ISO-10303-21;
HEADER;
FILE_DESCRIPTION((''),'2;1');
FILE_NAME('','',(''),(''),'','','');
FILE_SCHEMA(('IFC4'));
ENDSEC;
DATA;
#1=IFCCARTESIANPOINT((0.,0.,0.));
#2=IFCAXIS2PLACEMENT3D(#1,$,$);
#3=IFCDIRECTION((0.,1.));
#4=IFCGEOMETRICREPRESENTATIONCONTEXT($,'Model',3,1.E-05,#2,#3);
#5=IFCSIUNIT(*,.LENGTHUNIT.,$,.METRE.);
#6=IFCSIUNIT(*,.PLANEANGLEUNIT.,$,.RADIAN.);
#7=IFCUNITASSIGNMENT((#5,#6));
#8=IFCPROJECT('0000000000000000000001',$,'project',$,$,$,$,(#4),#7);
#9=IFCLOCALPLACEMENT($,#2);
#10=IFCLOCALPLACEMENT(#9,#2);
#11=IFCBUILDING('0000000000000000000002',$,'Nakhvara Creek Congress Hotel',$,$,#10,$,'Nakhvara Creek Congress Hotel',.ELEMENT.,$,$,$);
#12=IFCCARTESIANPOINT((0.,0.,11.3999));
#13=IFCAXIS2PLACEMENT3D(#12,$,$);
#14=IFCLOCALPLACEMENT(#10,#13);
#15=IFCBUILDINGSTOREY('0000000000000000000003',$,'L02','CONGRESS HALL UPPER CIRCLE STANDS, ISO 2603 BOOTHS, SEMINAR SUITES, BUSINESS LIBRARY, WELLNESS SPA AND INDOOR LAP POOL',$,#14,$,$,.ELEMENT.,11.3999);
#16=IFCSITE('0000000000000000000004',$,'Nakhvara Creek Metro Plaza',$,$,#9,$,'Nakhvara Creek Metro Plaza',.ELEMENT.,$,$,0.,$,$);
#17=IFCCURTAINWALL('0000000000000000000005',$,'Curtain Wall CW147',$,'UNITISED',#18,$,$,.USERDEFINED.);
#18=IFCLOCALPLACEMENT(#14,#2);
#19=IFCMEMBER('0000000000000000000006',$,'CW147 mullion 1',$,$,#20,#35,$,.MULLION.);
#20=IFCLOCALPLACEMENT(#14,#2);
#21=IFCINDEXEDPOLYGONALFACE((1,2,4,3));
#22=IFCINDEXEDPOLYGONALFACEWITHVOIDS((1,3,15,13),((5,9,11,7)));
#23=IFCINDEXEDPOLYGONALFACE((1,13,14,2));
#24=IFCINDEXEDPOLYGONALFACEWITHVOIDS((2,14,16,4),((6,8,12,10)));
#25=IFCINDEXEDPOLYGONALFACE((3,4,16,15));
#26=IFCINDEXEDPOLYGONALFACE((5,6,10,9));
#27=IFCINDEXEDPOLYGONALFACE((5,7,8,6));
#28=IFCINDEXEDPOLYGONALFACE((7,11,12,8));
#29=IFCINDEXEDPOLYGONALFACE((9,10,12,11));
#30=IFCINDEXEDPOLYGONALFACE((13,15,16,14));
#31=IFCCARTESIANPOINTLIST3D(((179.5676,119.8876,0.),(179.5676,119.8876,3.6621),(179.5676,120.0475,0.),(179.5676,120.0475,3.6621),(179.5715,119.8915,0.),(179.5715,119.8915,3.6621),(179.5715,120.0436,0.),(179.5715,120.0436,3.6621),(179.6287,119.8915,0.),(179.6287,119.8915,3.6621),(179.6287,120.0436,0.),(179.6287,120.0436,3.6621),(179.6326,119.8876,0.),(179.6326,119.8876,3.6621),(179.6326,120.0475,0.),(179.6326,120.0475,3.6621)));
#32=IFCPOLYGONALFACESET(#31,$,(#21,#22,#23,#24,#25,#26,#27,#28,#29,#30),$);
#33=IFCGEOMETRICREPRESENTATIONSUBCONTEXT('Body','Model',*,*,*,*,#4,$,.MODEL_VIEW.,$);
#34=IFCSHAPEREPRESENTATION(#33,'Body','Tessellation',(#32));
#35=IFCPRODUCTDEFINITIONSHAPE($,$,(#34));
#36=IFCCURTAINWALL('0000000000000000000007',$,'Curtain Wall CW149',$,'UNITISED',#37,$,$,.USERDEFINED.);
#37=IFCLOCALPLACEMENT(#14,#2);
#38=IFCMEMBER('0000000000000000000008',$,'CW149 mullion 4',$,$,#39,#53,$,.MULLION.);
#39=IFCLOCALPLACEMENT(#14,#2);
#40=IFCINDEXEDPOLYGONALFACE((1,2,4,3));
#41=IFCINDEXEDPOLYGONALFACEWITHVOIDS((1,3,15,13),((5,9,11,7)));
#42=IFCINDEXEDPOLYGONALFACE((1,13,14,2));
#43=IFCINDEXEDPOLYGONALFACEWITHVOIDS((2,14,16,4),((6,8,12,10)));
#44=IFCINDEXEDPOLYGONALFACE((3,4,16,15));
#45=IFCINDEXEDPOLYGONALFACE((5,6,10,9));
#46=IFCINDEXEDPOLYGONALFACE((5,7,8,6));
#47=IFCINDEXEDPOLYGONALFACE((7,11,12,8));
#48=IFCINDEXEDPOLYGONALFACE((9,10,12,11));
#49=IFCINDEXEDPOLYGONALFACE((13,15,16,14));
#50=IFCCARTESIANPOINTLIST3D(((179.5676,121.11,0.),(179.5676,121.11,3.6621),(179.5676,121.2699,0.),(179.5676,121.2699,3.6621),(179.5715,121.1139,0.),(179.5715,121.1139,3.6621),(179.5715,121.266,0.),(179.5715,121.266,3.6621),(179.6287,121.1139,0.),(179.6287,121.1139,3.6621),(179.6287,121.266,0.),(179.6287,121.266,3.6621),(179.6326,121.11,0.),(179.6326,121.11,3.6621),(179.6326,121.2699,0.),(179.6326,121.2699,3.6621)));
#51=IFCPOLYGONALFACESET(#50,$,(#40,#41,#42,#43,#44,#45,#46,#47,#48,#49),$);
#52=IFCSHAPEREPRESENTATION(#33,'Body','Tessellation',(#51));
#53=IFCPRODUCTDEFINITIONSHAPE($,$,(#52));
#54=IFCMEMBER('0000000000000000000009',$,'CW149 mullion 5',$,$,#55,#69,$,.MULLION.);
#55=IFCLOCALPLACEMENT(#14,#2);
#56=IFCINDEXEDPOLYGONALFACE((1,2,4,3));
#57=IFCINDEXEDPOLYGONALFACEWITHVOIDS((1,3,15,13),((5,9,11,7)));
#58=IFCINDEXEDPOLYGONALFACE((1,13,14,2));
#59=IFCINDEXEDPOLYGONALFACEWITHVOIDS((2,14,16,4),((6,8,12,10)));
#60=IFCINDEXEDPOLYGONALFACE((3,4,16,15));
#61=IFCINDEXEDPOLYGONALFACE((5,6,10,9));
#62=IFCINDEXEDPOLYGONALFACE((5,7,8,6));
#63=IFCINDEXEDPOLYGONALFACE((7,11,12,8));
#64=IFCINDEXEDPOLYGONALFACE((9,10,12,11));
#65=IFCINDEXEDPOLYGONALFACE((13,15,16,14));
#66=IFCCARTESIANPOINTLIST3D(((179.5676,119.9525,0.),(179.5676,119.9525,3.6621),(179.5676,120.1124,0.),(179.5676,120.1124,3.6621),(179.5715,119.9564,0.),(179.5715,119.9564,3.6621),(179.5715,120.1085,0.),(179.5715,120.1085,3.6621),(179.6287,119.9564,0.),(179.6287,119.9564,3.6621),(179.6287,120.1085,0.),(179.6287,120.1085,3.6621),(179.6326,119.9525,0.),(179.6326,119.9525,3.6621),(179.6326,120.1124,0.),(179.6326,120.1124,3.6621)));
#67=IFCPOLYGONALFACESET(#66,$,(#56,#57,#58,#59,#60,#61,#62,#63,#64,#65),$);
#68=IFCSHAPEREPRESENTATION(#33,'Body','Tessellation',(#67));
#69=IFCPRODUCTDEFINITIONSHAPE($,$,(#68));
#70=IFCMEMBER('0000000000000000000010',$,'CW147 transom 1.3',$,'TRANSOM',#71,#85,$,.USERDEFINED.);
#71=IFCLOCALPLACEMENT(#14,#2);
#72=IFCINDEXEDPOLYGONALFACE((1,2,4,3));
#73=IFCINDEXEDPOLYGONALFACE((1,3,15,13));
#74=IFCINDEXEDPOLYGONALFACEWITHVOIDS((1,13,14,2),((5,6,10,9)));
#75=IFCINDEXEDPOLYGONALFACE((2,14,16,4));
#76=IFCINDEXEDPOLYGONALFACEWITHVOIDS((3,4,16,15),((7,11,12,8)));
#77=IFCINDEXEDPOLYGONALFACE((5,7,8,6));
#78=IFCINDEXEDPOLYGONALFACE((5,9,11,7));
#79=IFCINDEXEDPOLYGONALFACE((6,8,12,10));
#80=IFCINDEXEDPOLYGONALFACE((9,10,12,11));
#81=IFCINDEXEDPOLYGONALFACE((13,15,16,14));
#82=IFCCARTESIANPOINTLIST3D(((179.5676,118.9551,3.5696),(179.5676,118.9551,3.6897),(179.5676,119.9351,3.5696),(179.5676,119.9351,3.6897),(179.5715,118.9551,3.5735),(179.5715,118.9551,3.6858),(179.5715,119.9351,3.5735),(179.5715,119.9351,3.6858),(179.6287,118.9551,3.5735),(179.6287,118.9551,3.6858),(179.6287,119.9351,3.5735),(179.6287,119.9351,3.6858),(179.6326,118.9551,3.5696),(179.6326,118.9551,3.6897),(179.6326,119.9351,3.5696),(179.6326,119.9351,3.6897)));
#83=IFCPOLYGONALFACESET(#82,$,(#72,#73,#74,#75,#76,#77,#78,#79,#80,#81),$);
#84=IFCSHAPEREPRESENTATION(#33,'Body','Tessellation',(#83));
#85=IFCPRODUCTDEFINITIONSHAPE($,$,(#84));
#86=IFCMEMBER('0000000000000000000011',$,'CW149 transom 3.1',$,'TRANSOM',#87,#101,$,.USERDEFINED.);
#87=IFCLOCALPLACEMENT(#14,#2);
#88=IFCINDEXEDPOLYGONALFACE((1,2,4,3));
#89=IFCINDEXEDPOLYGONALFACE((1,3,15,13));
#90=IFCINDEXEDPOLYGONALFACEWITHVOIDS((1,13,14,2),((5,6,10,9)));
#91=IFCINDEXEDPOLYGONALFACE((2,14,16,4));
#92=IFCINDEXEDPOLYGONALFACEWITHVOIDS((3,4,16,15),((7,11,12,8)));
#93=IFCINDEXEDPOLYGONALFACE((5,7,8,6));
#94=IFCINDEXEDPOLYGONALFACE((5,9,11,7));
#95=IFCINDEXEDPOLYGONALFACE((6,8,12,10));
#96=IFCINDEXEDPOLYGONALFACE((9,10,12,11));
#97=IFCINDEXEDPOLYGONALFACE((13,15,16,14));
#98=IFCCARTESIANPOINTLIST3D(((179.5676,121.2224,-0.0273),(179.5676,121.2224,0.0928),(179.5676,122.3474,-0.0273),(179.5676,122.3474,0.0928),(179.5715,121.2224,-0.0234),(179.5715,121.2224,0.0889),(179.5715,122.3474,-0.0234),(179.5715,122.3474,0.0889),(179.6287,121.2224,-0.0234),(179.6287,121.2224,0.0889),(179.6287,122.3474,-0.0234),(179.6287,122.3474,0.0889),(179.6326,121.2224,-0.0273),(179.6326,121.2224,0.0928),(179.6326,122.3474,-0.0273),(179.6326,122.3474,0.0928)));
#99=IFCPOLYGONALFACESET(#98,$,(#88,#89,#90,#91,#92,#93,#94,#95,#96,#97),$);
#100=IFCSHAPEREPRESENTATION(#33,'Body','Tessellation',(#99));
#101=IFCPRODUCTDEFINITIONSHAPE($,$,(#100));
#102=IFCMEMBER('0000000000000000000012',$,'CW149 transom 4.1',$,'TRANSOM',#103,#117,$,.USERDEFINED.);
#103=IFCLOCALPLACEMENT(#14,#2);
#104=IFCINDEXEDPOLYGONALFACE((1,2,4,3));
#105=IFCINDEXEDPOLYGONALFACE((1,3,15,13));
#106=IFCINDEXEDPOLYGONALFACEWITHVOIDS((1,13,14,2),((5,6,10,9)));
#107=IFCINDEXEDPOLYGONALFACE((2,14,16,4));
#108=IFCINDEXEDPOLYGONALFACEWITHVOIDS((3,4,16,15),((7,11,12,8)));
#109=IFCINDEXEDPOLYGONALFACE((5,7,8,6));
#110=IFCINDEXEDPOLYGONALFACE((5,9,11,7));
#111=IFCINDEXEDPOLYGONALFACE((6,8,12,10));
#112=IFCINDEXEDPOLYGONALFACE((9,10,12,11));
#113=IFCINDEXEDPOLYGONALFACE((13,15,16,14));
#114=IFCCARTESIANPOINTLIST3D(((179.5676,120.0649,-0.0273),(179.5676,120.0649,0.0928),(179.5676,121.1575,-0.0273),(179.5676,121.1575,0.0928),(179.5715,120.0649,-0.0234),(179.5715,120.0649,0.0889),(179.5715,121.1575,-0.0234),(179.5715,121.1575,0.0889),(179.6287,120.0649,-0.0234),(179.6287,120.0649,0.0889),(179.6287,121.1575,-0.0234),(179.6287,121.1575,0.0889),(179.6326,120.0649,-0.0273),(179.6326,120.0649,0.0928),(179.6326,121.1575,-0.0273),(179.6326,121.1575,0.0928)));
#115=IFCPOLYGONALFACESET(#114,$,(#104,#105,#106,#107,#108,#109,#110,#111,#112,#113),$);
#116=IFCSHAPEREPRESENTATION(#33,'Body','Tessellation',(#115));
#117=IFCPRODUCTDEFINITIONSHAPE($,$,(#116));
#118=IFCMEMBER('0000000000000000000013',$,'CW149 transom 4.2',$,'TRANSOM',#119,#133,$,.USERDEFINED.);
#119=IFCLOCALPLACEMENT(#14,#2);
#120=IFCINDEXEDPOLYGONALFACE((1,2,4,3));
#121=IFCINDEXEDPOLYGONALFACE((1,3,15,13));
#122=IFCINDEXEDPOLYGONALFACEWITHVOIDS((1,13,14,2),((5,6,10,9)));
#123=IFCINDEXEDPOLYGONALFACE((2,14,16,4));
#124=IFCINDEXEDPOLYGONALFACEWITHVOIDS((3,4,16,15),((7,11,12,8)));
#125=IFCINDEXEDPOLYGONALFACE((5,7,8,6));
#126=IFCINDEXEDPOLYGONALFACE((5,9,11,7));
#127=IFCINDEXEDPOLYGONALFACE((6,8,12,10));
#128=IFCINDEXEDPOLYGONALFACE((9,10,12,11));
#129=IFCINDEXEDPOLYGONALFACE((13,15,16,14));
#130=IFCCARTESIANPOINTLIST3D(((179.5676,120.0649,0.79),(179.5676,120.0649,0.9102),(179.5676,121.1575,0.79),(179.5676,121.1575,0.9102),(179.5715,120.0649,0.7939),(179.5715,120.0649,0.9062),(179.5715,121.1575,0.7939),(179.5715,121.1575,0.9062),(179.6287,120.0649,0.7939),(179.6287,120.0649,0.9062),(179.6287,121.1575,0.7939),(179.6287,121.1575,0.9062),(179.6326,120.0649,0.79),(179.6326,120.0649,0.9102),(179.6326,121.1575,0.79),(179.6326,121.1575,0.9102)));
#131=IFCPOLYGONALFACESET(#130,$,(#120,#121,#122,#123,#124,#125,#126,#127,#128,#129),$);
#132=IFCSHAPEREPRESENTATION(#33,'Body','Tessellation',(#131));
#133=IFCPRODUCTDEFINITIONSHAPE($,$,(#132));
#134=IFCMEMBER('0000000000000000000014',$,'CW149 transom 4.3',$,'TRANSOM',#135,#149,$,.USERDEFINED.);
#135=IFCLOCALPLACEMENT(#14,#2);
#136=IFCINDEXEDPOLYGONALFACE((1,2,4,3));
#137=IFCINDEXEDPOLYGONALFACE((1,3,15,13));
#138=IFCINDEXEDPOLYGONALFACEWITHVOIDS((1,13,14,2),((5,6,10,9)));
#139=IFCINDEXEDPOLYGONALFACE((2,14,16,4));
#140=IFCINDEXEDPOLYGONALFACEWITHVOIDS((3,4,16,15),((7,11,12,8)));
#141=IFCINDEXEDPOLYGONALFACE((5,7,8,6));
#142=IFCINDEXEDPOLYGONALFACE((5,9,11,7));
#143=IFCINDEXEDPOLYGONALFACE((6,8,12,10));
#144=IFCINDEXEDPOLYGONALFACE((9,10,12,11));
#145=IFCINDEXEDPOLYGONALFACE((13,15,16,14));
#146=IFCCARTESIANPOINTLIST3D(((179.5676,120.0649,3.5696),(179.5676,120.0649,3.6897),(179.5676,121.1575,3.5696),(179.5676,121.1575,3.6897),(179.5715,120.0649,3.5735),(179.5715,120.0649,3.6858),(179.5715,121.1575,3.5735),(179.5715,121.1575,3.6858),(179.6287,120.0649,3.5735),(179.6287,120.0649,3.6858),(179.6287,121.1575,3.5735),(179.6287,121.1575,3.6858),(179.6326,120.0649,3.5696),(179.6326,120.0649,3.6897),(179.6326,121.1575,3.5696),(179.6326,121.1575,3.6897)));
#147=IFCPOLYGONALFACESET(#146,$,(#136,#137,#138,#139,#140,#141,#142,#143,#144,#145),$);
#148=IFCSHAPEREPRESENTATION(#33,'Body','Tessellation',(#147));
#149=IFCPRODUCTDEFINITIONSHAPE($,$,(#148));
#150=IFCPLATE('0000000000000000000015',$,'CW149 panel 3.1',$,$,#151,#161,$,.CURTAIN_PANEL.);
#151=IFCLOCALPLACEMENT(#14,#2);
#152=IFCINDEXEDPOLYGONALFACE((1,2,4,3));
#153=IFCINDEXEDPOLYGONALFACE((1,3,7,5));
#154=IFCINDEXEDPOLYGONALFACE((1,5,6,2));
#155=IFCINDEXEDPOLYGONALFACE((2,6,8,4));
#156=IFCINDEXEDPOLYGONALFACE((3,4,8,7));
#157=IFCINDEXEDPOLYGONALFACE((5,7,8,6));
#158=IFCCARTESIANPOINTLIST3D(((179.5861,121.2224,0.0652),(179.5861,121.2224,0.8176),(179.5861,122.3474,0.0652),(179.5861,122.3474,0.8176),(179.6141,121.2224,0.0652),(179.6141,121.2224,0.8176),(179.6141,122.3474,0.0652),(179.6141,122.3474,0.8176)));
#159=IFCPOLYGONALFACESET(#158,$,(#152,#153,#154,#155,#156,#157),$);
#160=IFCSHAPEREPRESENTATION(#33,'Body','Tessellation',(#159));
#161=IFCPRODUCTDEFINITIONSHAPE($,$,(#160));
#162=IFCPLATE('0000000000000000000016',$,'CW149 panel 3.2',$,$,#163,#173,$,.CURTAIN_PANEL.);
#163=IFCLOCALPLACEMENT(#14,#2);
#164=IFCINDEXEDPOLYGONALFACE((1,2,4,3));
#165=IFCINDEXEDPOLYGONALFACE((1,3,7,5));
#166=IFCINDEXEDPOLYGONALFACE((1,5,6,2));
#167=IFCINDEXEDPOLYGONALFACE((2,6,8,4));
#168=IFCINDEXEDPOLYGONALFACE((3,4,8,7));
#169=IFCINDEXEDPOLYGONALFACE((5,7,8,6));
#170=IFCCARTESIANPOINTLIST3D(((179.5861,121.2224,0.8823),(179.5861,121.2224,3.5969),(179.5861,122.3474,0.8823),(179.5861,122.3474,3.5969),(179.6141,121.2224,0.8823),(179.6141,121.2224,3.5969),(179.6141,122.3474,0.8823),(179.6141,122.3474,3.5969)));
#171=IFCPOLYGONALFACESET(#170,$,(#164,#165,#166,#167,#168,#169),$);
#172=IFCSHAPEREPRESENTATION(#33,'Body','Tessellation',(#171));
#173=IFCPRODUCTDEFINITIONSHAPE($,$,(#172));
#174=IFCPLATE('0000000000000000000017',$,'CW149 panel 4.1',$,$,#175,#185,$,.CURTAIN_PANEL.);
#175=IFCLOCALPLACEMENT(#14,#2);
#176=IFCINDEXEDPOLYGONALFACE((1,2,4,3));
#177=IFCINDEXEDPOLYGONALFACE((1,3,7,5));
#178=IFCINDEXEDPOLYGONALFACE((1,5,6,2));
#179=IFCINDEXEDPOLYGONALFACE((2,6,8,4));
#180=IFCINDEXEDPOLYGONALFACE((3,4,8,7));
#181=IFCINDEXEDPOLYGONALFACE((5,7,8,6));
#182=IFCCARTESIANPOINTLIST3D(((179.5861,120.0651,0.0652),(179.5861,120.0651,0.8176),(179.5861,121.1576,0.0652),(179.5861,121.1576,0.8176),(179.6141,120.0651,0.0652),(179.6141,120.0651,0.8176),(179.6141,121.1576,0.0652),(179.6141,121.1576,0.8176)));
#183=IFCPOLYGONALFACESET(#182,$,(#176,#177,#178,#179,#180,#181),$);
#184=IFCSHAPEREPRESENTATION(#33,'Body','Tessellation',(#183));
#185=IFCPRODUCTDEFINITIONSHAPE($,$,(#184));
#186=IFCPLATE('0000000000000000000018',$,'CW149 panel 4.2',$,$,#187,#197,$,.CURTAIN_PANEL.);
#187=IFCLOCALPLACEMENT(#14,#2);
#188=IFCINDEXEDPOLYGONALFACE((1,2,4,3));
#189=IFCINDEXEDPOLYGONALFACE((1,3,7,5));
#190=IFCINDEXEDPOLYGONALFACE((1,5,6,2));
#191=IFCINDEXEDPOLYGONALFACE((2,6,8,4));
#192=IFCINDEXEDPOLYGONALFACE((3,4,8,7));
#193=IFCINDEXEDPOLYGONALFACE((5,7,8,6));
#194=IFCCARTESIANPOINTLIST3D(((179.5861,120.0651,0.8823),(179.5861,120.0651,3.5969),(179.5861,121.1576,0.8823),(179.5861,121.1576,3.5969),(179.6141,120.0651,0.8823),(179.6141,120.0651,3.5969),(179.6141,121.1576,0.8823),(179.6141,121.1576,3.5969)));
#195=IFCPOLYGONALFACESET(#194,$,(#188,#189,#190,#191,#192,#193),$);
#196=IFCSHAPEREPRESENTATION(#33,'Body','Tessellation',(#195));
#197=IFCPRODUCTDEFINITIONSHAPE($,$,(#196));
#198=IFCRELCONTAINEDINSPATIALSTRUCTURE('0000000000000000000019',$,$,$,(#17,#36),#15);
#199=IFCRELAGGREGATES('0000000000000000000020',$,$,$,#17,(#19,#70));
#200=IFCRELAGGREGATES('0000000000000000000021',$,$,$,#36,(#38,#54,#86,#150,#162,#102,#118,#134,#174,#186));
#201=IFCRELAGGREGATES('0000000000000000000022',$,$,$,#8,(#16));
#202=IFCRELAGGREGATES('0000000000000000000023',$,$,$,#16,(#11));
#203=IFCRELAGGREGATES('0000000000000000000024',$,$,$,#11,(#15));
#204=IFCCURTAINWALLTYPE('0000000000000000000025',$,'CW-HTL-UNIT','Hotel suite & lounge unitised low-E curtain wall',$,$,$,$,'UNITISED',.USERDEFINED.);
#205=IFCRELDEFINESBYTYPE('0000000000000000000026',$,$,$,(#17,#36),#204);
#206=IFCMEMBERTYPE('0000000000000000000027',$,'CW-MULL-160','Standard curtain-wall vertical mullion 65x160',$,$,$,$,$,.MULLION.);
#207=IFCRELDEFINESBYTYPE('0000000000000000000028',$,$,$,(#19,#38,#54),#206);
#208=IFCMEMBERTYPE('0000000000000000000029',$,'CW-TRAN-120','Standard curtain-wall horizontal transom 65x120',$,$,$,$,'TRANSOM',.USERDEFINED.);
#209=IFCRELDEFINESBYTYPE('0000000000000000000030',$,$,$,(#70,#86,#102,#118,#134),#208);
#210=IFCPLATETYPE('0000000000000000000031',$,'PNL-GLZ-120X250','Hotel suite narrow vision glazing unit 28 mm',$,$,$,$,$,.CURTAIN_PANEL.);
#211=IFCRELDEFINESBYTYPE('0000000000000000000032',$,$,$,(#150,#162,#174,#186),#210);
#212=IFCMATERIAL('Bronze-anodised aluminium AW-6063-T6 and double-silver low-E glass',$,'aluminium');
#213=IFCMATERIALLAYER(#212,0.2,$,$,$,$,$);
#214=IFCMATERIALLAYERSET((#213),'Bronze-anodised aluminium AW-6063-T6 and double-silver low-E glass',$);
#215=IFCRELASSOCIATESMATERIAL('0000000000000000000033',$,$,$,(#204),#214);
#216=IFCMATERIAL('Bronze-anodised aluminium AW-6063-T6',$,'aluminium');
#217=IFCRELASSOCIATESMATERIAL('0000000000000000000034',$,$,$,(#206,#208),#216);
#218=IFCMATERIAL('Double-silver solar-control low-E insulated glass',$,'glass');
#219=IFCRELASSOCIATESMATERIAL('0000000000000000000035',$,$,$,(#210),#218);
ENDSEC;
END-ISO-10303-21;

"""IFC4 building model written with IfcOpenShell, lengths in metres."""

from ifc_helpers import new_model, si_unit, direction, frame, origin, origin_2d, place, context, subcontext, project, spatial, rectangle, hollow_rectangle, extrude, material, layer, layer_set, material_profile, profile_set, type_object, element, aggregate, save


model = new_model("IFC4")

# Units and contexts
model_context = context("Model", 3, precision=1e-05, world=origin(), true_north=direction((0.0, 1.0)))
body_context = subcontext(model_context, "Body", "Model", "MODEL_VIEW")
ifc_project = project(units=[si_unit("LENGTHUNIT", "METRE"), si_unit("PLANEANGLEUNIT", "RADIAN")], contexts=[model_context])

# Site, building, storey
site_placement = place(None, origin())
site = spatial("IfcSite", under=ifc_project, at=site_placement, Name="Nakhvara Creek Metro Plaza", LongName="Nakhvara Creek Metro Plaza", CompositionType="ELEMENT", RefElevation=0.0)
building_placement = place(site_placement, origin())
building = spatial("IfcBuilding", under=site, at=building_placement, Name="Nakhvara Creek Congress Hotel", LongName="Nakhvara Creek Congress Hotel", CompositionType="ELEMENT")
storey_placement = place(building_placement, frame((0.0, 0.0, 11.3999)))
storey = spatial("IfcBuildingStorey", under=building, at=storey_placement, Name="L02", Description="CONGRESS HALL UPPER CIRCLE STANDS, ISO 2603 BOOTHS, SEMINAR SUITES, BUSINESS LIBRARY, WELLNESS SPA AND INDOOR LAP POOL", CompositionType="ELEMENT", Elevation=11.3999)

# Curtain wall, member
ifc_material_1 = material(Name="Bronze-anodised aluminium AW-6063-T6 and double-silver low-E glass", Category="aluminium")
ifc_layer_1 = layer(ifc_material_1, 0.2)
ifc_layer_set_1 = layer_set([ifc_layer_1], Name="Bronze-anodised aluminium AW-6063-T6 and double-silver low-E glass")
curtain_wall_type = type_object("IfcCurtainWallType", Name="CW-HTL-UNIT", Description="Hotel suite & lounge unitised low-E curtain wall", ElementType="UNITISED", PredefinedType="USERDEFINED", material=ifc_layer_set_1)
curtain_wall_1_placement = place(storey_placement, origin())
curtain_wall_1 = element("IfcCurtainWall", 1, at=curtain_wall_1_placement, inside=storey, type_object=curtain_wall_type, Name="Curtain Wall CW147", ObjectType="UNITISED", PredefinedType="USERDEFINED")
ifc_material_2 = material(Name="Bronze-anodised aluminium AW-6063-T6", Category="aluminium")
ifc_material_profile_1 = material_profile(ifc_material_2, hollow_rectangle(XDim=0.0649, YDim=0.1599, WallThickness=0.0039, at=origin_2d()), Name="ALU-MULL 65x160x4", Category="LoadBearing")
ifc_profile_set_1 = profile_set([ifc_material_profile_1], Name="Bronze-anodised aluminium AW-6063-T6")
member_type_1 = type_object("IfcMemberType", Name="CW-MULL-160", Description="Standard curtain-wall vertical mullion 65x160", PredefinedType="MULLION", material=ifc_profile_set_1)
member_1_placement = place(storey_placement, frame((179.6001, 119.9675, 0.0), z_axis=(0.0, 0.0, 1.0), x_axis=(1.0, 0.0, 0.0)))
member_1 = element("IfcMember", 2, at=member_1_placement, type_object=member_type_1, Name="CW147 mullion 1", PredefinedType="MULLION", context=body_context, shape_type="SweptSolid", body=[
    extrude(hollow_rectangle(XDim=0.0649, YDim=0.1599, WallThickness=0.0039, at=origin_2d()), origin(), (0.0, 0.0, 1.0), 3.6621),
])

# Curtain wall, members
curtain_wall_2_placement = place(storey_placement, origin())
curtain_wall_2 = element("IfcCurtainWall", 3, at=curtain_wall_2_placement, inside=storey, type_object=curtain_wall_type, Name="Curtain Wall CW149", ObjectType="UNITISED", PredefinedType="USERDEFINED")
member_2_placement = place(storey_placement, frame((179.6001, 121.1899, 0.0), z_axis=(0.0, 0.0, 1.0), x_axis=(1.0, 0.0, 0.0)))
member_2 = element("IfcMember", 4, at=member_2_placement, type_object=member_type_1, Name="CW149 mullion 4", PredefinedType="MULLION", context=body_context, shape_type="SweptSolid", body=[
    extrude(hollow_rectangle(XDim=0.0649, YDim=0.1599, WallThickness=0.0039, at=origin_2d()), origin(), (0.0, 0.0, 1.0), 3.6621),
])
member_3_placement = place(storey_placement, frame((179.6001, 120.0325, 0.0), z_axis=(0.0, 0.0, 1.0), x_axis=(1.0, 0.0, 0.0)))
member_3 = element("IfcMember", 5, at=member_3_placement, type_object=member_type_1, Name="CW149 mullion 5", PredefinedType="MULLION", context=body_context, shape_type="SweptSolid", body=[
    extrude(hollow_rectangle(XDim=0.0649, YDim=0.1599, WallThickness=0.0039, at=origin_2d()), origin(), (0.0, 0.0, 1.0), 3.6621),
])

# Members
ifc_material_profile_2 = material_profile(ifc_material_2, hollow_rectangle(XDim=0.0649, YDim=0.1201, WallThickness=0.0039, at=origin_2d()), Name="ALU-TRAN 65x120x4", Category="LoadBearing")
ifc_profile_set_2 = profile_set([ifc_material_profile_2], Name="Bronze-anodised aluminium AW-6063-T6")
member_type_2 = type_object("IfcMemberType", Name="CW-TRAN-120", Description="Standard curtain-wall horizontal transom 65x120", ElementType="TRANSOM", PredefinedType="USERDEFINED", material=ifc_profile_set_2)
member_4_placement = place(storey_placement, frame((179.6001, 119.9351, 3.6296), z_axis=(0.0, -1.0, 0.0), x_axis=(1.0, 0.0, 0.0)))
member_4 = element("IfcMember", 6, at=member_4_placement, type_object=member_type_2, Name="CW147 transom 1.3", ObjectType="TRANSOM", PredefinedType="USERDEFINED", context=body_context, shape_type="SweptSolid", body=[
    extrude(hollow_rectangle(XDim=0.0649, YDim=0.1201, WallThickness=0.0039, at=origin_2d()), origin(), (0.0, 0.0, 1.0), 0.98),
])
aggregate(curtain_wall_1, [member_1, member_4])
member_5_placement = place(storey_placement, frame((179.6001, 122.3474, 0.0327), z_axis=(0.0, -1.0, 0.0), x_axis=(1.0, 0.0, 0.0)))
member_5 = element("IfcMember", 7, at=member_5_placement, type_object=member_type_2, Name="CW149 transom 3.1", ObjectType="TRANSOM", PredefinedType="USERDEFINED", context=body_context, shape_type="SweptSolid", body=[
    extrude(hollow_rectangle(XDim=0.0649, YDim=0.1201, WallThickness=0.0039, at=origin_2d()), origin(), (0.0, 0.0, 1.0), 1.125),
])
member_6_placement = place(storey_placement, frame((179.6001, 121.1575, 0.0327), z_axis=(0.0, -1.0, 0.0), x_axis=(1.0, 0.0, 0.0)))
member_6 = element("IfcMember", 8, at=member_6_placement, type_object=member_type_2, Name="CW149 transom 4.1", ObjectType="TRANSOM", PredefinedType="USERDEFINED", context=body_context, shape_type="SweptSolid", body=[
    extrude(hollow_rectangle(XDim=0.0649, YDim=0.1201, WallThickness=0.0039, at=origin_2d()), origin(), (0.0, 0.0, 1.0), 1.0925),
])
member_7_placement = place(storey_placement, frame((179.6001, 121.1575, 0.8501), z_axis=(0.0, -1.0, 0.0), x_axis=(1.0, 0.0, 0.0)))
member_7 = element("IfcMember", 9, at=member_7_placement, type_object=member_type_2, Name="CW149 transom 4.2", ObjectType="TRANSOM", PredefinedType="USERDEFINED", context=body_context, shape_type="SweptSolid", body=[
    extrude(hollow_rectangle(XDim=0.0649, YDim=0.1201, WallThickness=0.0039, at=origin_2d()), origin(), (0.0, 0.0, 1.0), 1.0925),
])
member_8_placement = place(storey_placement, frame((179.6001, 121.1575, 3.6296), z_axis=(0.0, -1.0, 0.0), x_axis=(1.0, 0.0, 0.0)))
member_8 = element("IfcMember", 10, at=member_8_placement, type_object=member_type_2, Name="CW149 transom 4.3", ObjectType="TRANSOM", PredefinedType="USERDEFINED", context=body_context, shape_type="SweptSolid", body=[
    extrude(hollow_rectangle(XDim=0.0649, YDim=0.1201, WallThickness=0.0039, at=origin_2d()), origin(), (0.0, 0.0, 1.0), 1.0925),
])

# Plates
ifc_material_3 = material(Name="Double-silver solar-control low-E insulated glass", Category="glass")
plate_type = type_object("IfcPlateType", Name="PNL-GLZ-120X250", Description="Hotel suite narrow vision glazing unit 28 mm", PredefinedType="CURTAIN_PANEL", material=ifc_material_3)
plate_1_placement = place(storey_placement, frame((179.6001, 121.7849, 0.0652), z_axis=(0.0, 0.0, 1.0), x_axis=(0.0, -1.0, 0.0)))
plate_1 = element("IfcPlate", 11, at=plate_1_placement, type_object=plate_type, Name="CW149 panel 3.1", PredefinedType="CURTAIN_PANEL", context=body_context, shape_type="SweptSolid", body=[
    extrude(rectangle(XDim=1.125, YDim=0.0281, at=origin_2d()), origin(), (0.0, 0.0, 1.0), 0.7524),
])
plate_2_placement = place(storey_placement, frame((179.6001, 121.7849, 0.8823), z_axis=(0.0, 0.0, 1.0), x_axis=(0.0, -1.0, 0.0)))
plate_2 = element("IfcPlate", 12, at=plate_2_placement, type_object=plate_type, Name="CW149 panel 3.2", PredefinedType="CURTAIN_PANEL", context=body_context, shape_type="SweptSolid", body=[
    extrude(rectangle(XDim=1.125, YDim=0.0281, at=origin_2d()), origin(), (0.0, 0.0, 1.0), 2.7146),
])
plate_3_placement = place(storey_placement, frame((179.6001, 120.6113, 0.0652), z_axis=(0.0, 0.0, 1.0), x_axis=(0.0, -1.0, 0.0)))
plate_3 = element("IfcPlate", 13, at=plate_3_placement, type_object=plate_type, Name="CW149 panel 4.1", PredefinedType="CURTAIN_PANEL", context=body_context, shape_type="SweptSolid", body=[
    extrude(rectangle(XDim=1.0925, YDim=0.0281, at=origin_2d()), origin(), (0.0, 0.0, 1.0), 0.7524),
])
plate_4_placement = place(storey_placement, frame((179.6001, 120.6113, 0.8823), z_axis=(0.0, 0.0, 1.0), x_axis=(0.0, -1.0, 0.0)))
plate_4 = element("IfcPlate", 14, at=plate_4_placement, type_object=plate_type, Name="CW149 panel 4.2", PredefinedType="CURTAIN_PANEL", context=body_context, shape_type="SweptSolid", body=[
    extrude(rectangle(XDim=1.0925, YDim=0.0281, at=origin_2d()), origin(), (0.0, 0.0, 1.0), 2.7146),
])
aggregate(curtain_wall_2, [member_2, member_3, member_5, plate_1, plate_2, member_6, member_7, member_8, plate_3, plate_4])

save(model, "model.ifc")
